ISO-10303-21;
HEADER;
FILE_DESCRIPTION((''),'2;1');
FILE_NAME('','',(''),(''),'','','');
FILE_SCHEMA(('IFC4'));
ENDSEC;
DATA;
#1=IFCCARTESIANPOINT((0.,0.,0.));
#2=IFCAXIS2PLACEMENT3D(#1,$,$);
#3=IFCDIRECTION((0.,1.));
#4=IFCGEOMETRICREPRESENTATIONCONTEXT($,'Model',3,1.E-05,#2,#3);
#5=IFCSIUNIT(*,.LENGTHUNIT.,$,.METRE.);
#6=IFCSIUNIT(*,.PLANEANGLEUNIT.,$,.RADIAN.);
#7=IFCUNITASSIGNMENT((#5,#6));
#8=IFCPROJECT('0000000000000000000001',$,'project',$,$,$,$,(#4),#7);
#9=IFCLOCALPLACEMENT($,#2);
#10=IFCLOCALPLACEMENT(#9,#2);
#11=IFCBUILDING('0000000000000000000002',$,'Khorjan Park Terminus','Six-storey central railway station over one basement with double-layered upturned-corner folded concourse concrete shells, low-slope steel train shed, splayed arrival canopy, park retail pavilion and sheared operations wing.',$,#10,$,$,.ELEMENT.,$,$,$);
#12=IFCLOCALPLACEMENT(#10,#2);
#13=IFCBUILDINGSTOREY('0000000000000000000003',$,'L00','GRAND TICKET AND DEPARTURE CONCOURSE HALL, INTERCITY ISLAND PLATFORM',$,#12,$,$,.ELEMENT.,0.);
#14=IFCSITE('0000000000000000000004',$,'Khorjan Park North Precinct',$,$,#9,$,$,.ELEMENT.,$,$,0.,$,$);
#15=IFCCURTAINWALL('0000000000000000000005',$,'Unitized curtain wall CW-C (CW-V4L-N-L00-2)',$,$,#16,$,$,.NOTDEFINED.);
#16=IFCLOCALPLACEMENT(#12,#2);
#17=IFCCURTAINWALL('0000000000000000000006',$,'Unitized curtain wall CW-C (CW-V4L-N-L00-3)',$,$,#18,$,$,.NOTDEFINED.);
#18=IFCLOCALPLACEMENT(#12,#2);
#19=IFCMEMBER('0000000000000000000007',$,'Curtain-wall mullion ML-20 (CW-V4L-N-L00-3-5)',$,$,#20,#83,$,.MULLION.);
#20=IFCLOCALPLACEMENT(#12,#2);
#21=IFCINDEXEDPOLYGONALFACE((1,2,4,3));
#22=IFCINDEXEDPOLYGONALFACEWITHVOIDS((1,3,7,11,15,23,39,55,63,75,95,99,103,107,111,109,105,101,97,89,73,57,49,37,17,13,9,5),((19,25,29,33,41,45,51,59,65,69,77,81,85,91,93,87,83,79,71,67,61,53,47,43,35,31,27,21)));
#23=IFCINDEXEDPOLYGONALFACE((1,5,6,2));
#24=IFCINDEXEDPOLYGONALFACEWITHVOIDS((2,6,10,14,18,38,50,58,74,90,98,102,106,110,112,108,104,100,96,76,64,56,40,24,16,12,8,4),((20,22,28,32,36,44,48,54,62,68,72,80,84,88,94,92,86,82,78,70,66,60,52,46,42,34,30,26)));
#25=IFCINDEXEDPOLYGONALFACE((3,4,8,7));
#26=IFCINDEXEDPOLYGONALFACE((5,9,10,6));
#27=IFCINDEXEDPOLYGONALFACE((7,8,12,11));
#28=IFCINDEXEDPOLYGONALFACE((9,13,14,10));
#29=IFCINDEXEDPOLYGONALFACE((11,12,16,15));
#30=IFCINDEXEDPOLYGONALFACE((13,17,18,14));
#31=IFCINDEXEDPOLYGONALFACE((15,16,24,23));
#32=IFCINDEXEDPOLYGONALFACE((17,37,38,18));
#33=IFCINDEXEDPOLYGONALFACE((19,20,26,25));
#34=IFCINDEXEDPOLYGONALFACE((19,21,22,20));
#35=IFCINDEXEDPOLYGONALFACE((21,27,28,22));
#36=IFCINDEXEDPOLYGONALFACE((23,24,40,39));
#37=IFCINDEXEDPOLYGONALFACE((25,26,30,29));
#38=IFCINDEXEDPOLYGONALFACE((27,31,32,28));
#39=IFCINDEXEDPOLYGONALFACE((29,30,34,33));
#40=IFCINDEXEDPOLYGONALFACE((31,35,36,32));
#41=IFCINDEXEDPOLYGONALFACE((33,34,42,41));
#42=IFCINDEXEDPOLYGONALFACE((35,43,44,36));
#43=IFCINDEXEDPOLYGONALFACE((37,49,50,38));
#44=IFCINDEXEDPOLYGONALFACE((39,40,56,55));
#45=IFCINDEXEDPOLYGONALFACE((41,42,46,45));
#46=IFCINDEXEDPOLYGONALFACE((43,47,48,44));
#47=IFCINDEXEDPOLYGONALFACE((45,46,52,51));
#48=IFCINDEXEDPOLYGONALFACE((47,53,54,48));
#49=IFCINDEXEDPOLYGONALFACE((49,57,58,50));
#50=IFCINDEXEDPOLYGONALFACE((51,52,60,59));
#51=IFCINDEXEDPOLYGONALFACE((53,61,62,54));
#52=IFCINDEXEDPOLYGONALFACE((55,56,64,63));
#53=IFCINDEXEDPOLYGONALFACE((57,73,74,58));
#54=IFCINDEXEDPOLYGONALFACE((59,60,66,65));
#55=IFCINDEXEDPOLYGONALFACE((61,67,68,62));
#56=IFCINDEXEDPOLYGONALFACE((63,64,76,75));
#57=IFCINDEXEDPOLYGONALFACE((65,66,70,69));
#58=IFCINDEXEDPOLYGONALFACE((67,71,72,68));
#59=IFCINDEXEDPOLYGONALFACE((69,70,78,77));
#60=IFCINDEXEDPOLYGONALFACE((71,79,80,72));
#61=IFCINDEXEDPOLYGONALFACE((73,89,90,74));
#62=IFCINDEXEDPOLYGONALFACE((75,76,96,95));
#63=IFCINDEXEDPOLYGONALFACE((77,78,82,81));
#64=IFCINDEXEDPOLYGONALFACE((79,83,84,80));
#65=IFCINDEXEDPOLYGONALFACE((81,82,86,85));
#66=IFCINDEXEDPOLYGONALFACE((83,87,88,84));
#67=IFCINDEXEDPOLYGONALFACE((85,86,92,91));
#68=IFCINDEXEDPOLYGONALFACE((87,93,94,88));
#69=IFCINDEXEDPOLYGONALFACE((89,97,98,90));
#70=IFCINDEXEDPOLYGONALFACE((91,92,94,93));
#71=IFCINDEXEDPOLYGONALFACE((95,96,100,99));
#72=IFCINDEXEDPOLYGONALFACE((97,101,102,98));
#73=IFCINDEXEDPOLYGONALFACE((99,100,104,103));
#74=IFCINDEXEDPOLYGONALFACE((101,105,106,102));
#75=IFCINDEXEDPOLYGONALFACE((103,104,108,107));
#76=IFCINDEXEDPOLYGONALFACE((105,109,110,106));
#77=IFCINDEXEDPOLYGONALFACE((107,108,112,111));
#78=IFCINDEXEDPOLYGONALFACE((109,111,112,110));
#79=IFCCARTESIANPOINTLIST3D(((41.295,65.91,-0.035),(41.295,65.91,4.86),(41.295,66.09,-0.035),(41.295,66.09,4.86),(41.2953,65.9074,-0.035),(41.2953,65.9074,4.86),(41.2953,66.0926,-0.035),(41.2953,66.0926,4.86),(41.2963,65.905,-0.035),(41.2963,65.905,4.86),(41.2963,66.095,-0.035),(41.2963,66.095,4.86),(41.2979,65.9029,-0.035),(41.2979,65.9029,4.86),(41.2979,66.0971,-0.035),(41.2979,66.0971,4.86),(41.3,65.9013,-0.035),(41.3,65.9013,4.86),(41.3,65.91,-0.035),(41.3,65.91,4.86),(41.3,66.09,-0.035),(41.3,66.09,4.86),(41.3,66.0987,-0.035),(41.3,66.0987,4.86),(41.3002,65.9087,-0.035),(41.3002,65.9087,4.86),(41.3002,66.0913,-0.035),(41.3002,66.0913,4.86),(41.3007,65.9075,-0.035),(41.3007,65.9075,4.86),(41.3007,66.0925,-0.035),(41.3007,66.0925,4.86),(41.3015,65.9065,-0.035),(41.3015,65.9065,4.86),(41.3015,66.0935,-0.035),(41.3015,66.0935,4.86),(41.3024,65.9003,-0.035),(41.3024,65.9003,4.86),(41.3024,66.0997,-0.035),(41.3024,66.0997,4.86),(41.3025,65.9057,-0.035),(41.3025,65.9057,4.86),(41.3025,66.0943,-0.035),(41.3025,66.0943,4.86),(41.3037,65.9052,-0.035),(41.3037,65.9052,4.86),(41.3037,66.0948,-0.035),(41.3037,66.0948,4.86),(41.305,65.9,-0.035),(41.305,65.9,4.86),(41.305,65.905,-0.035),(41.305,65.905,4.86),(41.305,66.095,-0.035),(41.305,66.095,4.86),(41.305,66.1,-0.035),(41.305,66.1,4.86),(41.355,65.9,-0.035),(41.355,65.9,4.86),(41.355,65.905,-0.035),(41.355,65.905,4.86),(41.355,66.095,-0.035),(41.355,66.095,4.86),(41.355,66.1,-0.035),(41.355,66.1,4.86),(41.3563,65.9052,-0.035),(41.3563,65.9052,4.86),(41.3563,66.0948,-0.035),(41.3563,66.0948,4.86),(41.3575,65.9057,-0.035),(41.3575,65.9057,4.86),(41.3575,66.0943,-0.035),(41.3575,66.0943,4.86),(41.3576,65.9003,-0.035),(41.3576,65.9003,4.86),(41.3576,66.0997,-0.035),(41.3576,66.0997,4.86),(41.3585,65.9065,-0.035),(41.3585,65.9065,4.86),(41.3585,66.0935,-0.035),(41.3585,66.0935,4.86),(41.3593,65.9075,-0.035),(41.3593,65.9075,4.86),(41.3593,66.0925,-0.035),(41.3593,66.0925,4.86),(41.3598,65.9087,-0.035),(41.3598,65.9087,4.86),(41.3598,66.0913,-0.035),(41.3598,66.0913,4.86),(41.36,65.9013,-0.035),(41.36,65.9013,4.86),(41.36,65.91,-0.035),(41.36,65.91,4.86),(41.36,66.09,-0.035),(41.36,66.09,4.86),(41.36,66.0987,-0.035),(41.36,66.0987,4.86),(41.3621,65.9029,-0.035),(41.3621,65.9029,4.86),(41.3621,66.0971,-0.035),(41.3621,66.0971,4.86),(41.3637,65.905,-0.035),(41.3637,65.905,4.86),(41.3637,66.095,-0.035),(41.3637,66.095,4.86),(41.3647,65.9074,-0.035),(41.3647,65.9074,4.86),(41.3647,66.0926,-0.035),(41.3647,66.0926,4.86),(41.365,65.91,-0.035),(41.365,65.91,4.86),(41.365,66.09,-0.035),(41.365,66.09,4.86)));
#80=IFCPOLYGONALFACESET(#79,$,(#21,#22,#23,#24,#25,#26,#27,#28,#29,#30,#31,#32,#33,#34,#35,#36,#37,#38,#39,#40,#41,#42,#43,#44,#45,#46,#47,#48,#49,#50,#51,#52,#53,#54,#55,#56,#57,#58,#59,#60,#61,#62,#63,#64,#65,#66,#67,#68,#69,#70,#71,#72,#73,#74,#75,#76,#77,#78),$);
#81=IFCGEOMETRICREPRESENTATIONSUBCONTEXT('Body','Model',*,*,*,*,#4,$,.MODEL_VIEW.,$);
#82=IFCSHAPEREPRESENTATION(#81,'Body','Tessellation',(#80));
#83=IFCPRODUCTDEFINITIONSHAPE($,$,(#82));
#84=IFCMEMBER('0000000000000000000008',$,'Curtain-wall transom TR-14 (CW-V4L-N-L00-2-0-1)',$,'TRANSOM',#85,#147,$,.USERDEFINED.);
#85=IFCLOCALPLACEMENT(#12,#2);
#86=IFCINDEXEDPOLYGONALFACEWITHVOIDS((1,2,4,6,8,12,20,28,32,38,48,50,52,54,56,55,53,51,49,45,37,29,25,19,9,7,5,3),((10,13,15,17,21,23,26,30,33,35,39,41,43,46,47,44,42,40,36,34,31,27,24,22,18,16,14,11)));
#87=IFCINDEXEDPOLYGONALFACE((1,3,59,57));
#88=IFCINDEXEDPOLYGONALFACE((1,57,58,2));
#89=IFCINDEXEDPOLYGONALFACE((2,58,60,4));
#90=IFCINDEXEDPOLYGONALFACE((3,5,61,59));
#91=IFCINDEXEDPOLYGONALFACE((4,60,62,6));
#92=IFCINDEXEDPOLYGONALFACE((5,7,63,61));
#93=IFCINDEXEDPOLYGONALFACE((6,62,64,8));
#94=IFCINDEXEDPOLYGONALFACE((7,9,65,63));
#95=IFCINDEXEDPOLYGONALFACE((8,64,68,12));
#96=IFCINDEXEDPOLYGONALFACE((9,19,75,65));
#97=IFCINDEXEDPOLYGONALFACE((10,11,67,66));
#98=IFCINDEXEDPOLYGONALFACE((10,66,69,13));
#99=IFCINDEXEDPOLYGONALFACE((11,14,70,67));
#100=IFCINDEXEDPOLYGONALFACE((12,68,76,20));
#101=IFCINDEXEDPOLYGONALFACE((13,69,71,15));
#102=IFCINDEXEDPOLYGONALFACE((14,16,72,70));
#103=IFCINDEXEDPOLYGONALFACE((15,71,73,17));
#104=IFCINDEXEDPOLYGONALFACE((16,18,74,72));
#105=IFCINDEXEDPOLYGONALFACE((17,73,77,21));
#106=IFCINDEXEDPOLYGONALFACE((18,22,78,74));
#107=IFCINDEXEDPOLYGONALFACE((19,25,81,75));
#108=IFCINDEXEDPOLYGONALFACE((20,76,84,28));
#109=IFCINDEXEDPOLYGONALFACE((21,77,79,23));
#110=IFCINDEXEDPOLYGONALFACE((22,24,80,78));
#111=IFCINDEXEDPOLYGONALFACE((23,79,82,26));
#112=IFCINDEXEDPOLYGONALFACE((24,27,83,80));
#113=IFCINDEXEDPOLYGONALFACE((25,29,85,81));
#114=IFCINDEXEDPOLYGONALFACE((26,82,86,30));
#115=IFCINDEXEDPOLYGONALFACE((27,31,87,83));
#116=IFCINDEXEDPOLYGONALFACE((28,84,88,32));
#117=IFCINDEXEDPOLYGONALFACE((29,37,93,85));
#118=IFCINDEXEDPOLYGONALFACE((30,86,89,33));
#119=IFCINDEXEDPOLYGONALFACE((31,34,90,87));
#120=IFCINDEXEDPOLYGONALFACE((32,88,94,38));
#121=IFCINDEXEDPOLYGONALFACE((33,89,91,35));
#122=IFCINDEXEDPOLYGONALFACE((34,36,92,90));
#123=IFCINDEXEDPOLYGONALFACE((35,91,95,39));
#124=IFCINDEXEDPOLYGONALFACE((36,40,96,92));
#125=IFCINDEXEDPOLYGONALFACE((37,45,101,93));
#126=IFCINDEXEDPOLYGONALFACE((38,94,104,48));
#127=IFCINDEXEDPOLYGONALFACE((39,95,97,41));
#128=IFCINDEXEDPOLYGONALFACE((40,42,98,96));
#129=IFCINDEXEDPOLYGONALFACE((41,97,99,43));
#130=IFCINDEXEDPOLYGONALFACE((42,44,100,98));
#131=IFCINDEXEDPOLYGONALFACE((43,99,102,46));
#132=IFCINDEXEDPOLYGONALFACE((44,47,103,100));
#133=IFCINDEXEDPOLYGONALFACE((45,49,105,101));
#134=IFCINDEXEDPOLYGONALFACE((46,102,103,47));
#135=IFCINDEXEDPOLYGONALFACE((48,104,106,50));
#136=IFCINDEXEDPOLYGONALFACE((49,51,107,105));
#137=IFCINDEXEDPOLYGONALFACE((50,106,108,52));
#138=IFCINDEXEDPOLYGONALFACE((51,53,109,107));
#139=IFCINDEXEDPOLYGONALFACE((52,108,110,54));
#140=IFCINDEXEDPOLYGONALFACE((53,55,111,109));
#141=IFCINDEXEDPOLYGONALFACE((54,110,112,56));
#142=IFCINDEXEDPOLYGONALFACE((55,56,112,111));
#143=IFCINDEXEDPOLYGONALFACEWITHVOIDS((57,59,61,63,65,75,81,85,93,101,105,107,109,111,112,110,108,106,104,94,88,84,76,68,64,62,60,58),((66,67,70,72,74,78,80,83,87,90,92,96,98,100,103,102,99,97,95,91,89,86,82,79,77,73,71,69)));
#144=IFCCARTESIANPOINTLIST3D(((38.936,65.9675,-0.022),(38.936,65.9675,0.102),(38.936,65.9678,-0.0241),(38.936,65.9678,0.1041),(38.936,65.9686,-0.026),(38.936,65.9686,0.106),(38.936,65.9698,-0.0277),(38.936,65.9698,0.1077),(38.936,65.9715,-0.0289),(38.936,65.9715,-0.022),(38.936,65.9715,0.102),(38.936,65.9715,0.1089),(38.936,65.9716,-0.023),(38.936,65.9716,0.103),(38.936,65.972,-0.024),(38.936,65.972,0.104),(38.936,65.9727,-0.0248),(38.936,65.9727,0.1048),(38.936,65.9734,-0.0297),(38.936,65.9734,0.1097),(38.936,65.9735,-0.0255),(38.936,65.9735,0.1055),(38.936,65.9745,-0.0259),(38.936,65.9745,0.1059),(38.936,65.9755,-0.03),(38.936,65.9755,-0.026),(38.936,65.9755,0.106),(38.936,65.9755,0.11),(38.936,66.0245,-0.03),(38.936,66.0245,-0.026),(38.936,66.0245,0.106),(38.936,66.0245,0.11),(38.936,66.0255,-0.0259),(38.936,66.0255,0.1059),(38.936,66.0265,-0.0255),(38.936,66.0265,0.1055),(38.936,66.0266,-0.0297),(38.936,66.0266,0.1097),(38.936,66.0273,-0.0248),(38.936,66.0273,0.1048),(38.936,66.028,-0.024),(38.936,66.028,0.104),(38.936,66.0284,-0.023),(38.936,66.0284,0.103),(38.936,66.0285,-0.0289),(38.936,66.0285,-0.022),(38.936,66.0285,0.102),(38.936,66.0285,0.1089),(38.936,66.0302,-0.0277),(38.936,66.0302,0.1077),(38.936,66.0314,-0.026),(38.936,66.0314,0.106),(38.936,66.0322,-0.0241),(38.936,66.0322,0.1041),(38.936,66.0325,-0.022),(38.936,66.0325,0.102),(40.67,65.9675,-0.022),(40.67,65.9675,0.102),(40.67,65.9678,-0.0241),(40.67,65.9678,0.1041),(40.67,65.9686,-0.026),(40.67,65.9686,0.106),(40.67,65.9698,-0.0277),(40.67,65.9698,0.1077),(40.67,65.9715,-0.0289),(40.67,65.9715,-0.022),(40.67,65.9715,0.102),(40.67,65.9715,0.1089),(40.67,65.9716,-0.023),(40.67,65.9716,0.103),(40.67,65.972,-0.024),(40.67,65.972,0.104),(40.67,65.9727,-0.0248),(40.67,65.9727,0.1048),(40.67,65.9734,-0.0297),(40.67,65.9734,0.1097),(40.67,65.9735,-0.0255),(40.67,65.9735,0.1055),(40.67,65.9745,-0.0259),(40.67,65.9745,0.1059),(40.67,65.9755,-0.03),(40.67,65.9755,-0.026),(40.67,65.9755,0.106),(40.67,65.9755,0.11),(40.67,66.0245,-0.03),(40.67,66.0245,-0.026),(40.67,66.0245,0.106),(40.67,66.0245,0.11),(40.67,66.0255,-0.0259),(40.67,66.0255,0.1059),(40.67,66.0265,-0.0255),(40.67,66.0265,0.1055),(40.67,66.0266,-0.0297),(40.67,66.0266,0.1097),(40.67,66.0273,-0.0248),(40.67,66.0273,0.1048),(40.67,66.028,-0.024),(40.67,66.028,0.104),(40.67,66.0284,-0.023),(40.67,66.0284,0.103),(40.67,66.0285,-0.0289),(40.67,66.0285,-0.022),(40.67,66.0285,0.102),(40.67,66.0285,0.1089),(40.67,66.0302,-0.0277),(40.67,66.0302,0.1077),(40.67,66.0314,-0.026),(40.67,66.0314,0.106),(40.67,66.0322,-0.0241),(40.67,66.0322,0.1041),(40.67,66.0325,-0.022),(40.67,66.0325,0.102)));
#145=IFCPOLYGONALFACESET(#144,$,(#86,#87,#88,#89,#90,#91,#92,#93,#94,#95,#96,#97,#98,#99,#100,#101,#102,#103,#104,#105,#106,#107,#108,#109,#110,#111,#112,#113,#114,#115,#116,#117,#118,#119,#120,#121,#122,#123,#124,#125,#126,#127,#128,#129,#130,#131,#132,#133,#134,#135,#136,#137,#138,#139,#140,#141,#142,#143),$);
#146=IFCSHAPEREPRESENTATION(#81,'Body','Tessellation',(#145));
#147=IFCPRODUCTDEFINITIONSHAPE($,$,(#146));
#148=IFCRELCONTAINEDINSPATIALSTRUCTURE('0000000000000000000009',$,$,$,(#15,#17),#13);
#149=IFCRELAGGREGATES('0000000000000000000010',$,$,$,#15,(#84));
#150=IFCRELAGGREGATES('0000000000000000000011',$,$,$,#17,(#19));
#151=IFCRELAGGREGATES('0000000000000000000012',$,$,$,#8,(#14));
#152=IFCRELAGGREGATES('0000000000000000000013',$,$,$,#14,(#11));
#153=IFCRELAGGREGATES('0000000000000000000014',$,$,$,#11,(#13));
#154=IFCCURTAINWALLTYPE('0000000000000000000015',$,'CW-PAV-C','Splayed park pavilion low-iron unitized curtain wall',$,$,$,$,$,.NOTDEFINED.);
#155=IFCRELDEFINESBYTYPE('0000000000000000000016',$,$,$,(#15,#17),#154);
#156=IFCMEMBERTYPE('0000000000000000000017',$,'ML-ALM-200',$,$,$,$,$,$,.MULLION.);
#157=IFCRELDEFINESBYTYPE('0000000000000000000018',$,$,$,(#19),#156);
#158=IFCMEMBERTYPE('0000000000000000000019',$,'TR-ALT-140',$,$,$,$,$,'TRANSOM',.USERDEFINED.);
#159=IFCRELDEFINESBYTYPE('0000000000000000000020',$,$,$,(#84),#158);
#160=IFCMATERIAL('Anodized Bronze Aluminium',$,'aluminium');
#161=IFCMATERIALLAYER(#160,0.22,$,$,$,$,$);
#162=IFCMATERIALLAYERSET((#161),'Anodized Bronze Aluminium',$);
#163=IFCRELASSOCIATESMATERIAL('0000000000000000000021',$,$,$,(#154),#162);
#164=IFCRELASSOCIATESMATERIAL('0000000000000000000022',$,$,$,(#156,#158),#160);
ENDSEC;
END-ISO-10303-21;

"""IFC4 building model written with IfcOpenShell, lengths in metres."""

from ifc_helpers import new_model, si_unit, direction, frame, origin, origin_2d, place, context, subcontext, project, spatial, hollow_rectangle, extrude, material, layer, layer_set, material_profile, profile_set, type_object, element, aggregate, save


model = new_model("IFC4")

# Units and contexts
model_context = context("Model", 3, precision=1e-05, world=origin(), true_north=direction((0.0, 1.0)))
body_context = subcontext(model_context, "Body", "Model", "MODEL_VIEW")
ifc_project = project(units=[si_unit("LENGTHUNIT", "METRE"), si_unit("PLANEANGLEUNIT", "RADIAN")], contexts=[model_context])

# Site, building, storey
site_placement = place(None, origin())
site = spatial("IfcSite", under=ifc_project, at=site_placement, Name="Khorjan Park North Precinct", CompositionType="ELEMENT", RefElevation=0.0)
building_placement = place(site_placement, origin())
building = spatial("IfcBuilding", under=site, at=building_placement, Name="Khorjan Park Terminus", Description="Six-storey central railway station over one basement with double-layered upturned-corner folded concourse concrete shells, low-slope steel train shed, splayed arrival canopy, park retail pavilion and sheared operations wing.", CompositionType="ELEMENT")
storey_placement = place(building_placement, origin())
storey = spatial("IfcBuildingStorey", under=building, at=storey_placement, Name="L00", Description="GRAND TICKET AND DEPARTURE CONCOURSE HALL, INTERCITY ISLAND PLATFORM", CompositionType="ELEMENT", Elevation=0.0)

# Curtain wall
ifc_material_1 = material(Name="Anodized Bronze Aluminium", Category="aluminium")
ifc_layer_1 = layer(ifc_material_1, 0.22)
ifc_layer_set_1 = layer_set([ifc_layer_1], Name="Anodized Bronze Aluminium")
curtain_wall_type = type_object("IfcCurtainWallType", Name="CW-PAV-C", Description="Splayed park pavilion low-iron unitized curtain wall", PredefinedType="NOTDEFINED", material=ifc_layer_set_1)
curtain_wall_1_placement = place(storey_placement, origin())
curtain_wall_1 = element("IfcCurtainWall", 1, at=curtain_wall_1_placement, inside=storey, type_object=curtain_wall_type, Name="Unitized curtain wall CW-C (CW-V4L-N-L00-2)", PredefinedType="NOTDEFINED")
ifc_material_profile_1 = material_profile(ifc_material_1, hollow_rectangle(XDim=0.07, YDim=0.2, WallThickness=0.005, InnerFilletRadius=0.005, OuterFilletRadius=0.01, at=origin_2d()), Name="ALM 70x200x5")
ifc_profile_set_1 = profile_set([ifc_material_profile_1], Name="Anodized Bronze Aluminium")
member_type_1 = type_object("IfcMemberType", Name="ML-ALM-200", PredefinedType="MULLION", material=ifc_profile_set_1)

# Curtain wall, member
curtain_wall_2_placement = place(storey_placement, origin())
curtain_wall_2 = element("IfcCurtainWall", 2, at=curtain_wall_2_placement, inside=storey, type_object=curtain_wall_type, Name="Unitized curtain wall CW-C (CW-V4L-N-L00-3)", PredefinedType="NOTDEFINED")
member_1_placement = place(storey_placement, frame((41.33, 66.0, -0.035), z_axis=(0.0, 0.0, 1.0), x_axis=(-1.0, 0.0, 0.0)))
member_1 = element("IfcMember", 3, at=member_1_placement, type_object=member_type_1, Name="Curtain-wall mullion ML-20 (CW-V4L-N-L00-3-5)", PredefinedType="MULLION", context=body_context, shape_type="SweptSolid", body=[
    extrude(hollow_rectangle(XDim=0.07, YDim=0.2, WallThickness=0.005, InnerFilletRadius=0.005, OuterFilletRadius=0.01, at=origin_2d()), origin(), (0.0, 0.0, 1.0), 4.895),
])

# Member
ifc_material_profile_2 = material_profile(ifc_material_1, hollow_rectangle(XDim=0.065, YDim=0.14, WallThickness=0.004, InnerFilletRadius=0.004, OuterFilletRadius=0.008, at=origin_2d()), Name="ALT 65x140x4")
ifc_profile_set_2 = profile_set([ifc_material_profile_2], Name="Anodized Bronze Aluminium")
member_type_2 = type_object("IfcMemberType", Name="TR-ALT-140", ElementType="TRANSOM", PredefinedType="USERDEFINED", material=ifc_profile_set_2)
member_2_placement = place(storey_placement, frame((40.67, 66.0, 0.04), z_axis=(-1.0, 0.0, 0.0), x_axis=(0.0, -1.0, 0.0)))
member_2 = element("IfcMember", 4, at=member_2_placement, type_object=member_type_2, Name="Curtain-wall transom TR-14 (CW-V4L-N-L00-2-0-1)", ObjectType="TRANSOM", PredefinedType="USERDEFINED", context=body_context, shape_type="SweptSolid", body=[
    extrude(hollow_rectangle(XDim=0.065, YDim=0.14, WallThickness=0.004, InnerFilletRadius=0.004, OuterFilletRadius=0.008, at=origin_2d()), origin(), (0.0, 0.0, 1.0), 1.734),
])

aggregate(curtain_wall_1, [member_2])
aggregate(curtain_wall_2, [member_1])

save(model, "model.ifc")
